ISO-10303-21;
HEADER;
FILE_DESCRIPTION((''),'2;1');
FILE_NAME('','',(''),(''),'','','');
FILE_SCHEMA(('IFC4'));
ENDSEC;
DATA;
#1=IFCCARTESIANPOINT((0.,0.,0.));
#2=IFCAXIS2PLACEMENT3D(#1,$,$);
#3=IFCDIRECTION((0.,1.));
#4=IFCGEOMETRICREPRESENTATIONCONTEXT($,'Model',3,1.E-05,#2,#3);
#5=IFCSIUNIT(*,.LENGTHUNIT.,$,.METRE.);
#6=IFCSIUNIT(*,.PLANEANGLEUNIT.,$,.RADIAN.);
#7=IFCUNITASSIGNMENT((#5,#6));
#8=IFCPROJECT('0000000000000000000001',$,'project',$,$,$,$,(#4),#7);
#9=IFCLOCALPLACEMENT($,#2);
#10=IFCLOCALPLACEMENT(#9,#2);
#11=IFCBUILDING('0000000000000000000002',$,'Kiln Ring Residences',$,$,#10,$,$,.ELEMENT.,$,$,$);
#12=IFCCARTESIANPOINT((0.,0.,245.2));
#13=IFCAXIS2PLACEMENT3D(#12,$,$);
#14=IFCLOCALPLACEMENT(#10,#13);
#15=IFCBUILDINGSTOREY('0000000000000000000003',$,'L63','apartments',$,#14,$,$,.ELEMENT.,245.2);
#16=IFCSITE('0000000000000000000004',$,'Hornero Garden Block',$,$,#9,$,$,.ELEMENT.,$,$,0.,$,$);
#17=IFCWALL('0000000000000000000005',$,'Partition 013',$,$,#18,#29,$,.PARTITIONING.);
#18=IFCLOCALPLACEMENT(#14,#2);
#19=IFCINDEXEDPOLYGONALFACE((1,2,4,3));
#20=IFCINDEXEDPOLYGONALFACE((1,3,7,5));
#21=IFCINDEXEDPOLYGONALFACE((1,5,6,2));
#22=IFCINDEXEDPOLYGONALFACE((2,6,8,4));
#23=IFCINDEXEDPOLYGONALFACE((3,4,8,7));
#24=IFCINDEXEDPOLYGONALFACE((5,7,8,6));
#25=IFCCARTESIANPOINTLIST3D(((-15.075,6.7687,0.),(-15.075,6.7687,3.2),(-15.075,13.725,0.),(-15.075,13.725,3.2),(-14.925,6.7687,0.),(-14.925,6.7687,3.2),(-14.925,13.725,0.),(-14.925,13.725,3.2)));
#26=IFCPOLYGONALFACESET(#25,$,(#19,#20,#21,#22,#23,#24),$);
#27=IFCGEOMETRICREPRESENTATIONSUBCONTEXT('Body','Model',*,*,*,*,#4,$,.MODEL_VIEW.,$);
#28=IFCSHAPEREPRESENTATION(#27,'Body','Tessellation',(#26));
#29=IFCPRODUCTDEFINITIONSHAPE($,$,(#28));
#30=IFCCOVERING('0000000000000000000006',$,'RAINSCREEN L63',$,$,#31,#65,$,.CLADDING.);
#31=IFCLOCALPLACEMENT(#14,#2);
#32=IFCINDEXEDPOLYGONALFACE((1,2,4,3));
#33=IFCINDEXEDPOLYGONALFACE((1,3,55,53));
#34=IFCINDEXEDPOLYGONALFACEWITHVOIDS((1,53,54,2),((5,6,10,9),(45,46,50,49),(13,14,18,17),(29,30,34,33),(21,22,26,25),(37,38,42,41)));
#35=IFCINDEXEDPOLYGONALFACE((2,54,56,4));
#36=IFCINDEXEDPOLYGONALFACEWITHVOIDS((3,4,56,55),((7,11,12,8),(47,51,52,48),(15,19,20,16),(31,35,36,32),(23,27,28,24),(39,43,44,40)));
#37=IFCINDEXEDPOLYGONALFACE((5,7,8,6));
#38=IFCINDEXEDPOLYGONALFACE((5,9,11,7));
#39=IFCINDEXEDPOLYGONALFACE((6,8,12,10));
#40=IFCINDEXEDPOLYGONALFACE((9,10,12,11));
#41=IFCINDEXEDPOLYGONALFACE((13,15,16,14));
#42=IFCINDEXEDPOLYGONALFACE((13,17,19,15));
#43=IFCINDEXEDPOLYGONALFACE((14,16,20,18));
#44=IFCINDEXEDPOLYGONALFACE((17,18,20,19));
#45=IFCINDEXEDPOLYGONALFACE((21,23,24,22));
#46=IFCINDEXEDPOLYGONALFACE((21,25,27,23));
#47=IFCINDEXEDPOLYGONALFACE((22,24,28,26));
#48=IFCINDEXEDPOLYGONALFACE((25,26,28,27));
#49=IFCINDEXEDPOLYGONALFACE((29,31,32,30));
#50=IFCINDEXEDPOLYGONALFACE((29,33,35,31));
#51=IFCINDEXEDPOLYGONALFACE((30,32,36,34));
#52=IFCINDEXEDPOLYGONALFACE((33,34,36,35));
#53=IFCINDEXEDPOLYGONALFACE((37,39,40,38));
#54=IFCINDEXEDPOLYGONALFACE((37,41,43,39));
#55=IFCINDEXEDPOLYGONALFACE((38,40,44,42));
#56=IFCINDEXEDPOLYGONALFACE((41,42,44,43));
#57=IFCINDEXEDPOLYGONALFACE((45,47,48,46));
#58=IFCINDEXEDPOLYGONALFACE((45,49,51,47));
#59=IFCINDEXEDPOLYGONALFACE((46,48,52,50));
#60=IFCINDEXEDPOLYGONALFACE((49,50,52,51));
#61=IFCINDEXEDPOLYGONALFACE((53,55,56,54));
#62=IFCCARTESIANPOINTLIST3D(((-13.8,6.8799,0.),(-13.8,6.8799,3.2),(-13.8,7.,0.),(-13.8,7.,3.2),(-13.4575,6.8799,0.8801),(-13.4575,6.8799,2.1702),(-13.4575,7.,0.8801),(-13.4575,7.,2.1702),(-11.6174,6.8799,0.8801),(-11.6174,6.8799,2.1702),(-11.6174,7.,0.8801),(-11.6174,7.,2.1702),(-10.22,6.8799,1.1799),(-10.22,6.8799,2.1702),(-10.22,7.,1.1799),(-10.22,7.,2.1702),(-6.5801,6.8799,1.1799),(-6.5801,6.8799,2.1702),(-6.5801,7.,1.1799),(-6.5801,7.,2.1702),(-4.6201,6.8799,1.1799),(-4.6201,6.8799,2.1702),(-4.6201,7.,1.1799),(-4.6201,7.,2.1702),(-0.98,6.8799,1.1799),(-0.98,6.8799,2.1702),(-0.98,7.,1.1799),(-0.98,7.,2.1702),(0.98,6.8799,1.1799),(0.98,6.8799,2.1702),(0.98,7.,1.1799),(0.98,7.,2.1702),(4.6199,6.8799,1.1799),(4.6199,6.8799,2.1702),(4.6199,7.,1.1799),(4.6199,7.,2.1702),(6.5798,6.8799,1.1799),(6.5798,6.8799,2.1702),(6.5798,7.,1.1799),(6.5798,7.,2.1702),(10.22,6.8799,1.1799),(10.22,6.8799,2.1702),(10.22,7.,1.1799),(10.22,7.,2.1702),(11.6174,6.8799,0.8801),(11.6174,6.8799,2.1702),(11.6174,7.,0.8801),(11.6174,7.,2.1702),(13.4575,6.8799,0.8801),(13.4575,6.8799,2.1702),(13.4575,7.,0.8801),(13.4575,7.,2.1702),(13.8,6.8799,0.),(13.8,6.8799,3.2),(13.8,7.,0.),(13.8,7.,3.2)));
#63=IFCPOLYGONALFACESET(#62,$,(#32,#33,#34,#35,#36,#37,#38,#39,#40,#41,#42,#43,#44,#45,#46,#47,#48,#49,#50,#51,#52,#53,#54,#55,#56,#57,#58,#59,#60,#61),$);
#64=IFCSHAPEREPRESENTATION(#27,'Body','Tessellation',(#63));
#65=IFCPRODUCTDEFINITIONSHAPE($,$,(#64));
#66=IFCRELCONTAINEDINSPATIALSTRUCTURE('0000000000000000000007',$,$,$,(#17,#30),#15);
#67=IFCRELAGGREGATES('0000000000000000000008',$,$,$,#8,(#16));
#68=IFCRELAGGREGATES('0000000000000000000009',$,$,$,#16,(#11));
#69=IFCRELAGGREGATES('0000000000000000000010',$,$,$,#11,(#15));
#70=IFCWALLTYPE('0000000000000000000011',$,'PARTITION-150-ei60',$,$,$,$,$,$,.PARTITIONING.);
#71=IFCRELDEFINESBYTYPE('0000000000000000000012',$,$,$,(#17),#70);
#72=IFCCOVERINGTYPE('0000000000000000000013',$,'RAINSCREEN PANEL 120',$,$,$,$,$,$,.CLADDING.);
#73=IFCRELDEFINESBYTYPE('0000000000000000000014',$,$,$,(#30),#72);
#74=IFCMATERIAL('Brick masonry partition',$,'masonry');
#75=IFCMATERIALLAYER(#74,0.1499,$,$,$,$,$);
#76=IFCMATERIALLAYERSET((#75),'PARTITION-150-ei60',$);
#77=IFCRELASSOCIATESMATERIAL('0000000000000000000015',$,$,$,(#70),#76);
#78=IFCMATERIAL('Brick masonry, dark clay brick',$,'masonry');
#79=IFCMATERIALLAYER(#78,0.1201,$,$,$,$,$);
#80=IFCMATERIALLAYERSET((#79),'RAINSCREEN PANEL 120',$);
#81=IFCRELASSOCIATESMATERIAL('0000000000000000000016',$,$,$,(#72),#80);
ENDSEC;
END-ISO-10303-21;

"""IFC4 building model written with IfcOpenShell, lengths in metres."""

from ifc_helpers import new_model, si_unit, direction, frame, frame_2d, origin, place, context, subcontext, project, spatial, polyline, rectangle, outline, extrude, material, layer, layer_set, type_object, element, save


model = new_model("IFC4")

# Units and contexts
model_context = context("Model", 3, precision=1e-05, world=origin(), true_north=direction((0.0, 1.0)))
body_context = subcontext(model_context, "Body", "Model", "MODEL_VIEW")
ifc_project = project(units=[si_unit("LENGTHUNIT", "METRE"), si_unit("PLANEANGLEUNIT", "RADIAN")], contexts=[model_context])

# Site, building, storey
site_placement = place(None, origin())
site = spatial("IfcSite", under=ifc_project, at=site_placement, Name="Hornero Garden Block", CompositionType="ELEMENT", RefElevation=0.0)
building_placement = place(site_placement, origin())
building = spatial("IfcBuilding", under=site, at=building_placement, Name="Kiln Ring Residences", CompositionType="ELEMENT")
storey_placement = place(building_placement, frame((0.0, 0.0, 245.2)))
storey = spatial("IfcBuildingStorey", under=building, at=storey_placement, Name="L63", Description="apartments", CompositionType="ELEMENT", Elevation=245.2)

# Wall
ifc_material_1 = material(Name="Brick masonry partition", Category="masonry")
ifc_layer_1 = layer(ifc_material_1, 0.1499)
ifc_layer_set_1 = layer_set([ifc_layer_1], Name="PARTITION-150-ei60")
wall_type_1 = type_object("IfcWallType", Name="PARTITION-150-ei60", PredefinedType="PARTITIONING", material=ifc_layer_set_1)
wall_1_placement = place(storey_placement, frame((-15.0, 6.7688, 0.0), z_axis=(0.0, 0.0, 1.0), x_axis=(0.0, 1.0, 0.0)))
element("IfcWall", 1, at=wall_1_placement, inside=storey, type_object=wall_type_1, Name="Partition 013", PredefinedType="PARTITIONING", context=body_context, shape_type="SweptSolid", body=[
    extrude(rectangle(XDim=6.9563, YDim=0.1499, at=frame_2d((3.478, 0.0))), origin(), (0.0, 0.0, 1.0), 3.2),
])

# Covering
ifc_material_2 = material(Name="Brick masonry, dark clay brick", Category="masonry")
ifc_layer_2 = layer(ifc_material_2, 0.1201)
ifc_layer_set_2 = layer_set([ifc_layer_2], Name="RAINSCREEN PANEL 120")
covering_type = type_object("IfcCoveringType", Name="RAINSCREEN PANEL 120", PredefinedType="CLADDING", material=ifc_layer_set_2)
covering_placement = place(storey_placement, frame((-13.8, 6.9399, 0.0), z_axis=(0.0, 0.0, 1.0), x_axis=(1.0, 0.0, 0.0)))
element("IfcCovering", 2, at=covering_placement, inside=storey, type_object=covering_type, Name="RAINSCREEN L63", PredefinedType="CLADDING", context=body_context, shape_type="SweptSolid", body=[
    extrude(outline(polyline([(0.0, 0.0), (27.6001, 0.0), (27.6001, 3.2), (0.0, 3.2), (0.0, 0.0)]), holes=[polyline([(2.1826, 0.8801), (2.1826, 2.1702), (0.3425, 2.1702), (0.3425, 0.8801), (2.1826, 0.8801)]), polyline([(25.4175, 0.8801), (27.2576, 0.8801), (27.2576, 2.1702), (25.4175, 2.1702), (25.4175, 0.8801)]), polyline([(3.5801, 1.1799), (7.22, 1.1799), (7.22, 2.1702), (3.5801, 2.1702), (3.5801, 1.1799)]), polyline([(12.8201, 1.1799), (12.8201, 2.1702), (9.1799, 2.1702), (9.1799, 1.1799), (12.8201, 1.1799)]), polyline([(14.78, 1.1799), (18.4199, 1.1799), (18.4199, 2.1702), (14.78, 2.1702), (14.78, 1.1799)]), polyline([(20.3799, 1.1799), (24.02, 1.1799), (24.02, 2.1702), (20.3799, 2.1702), (20.3799, 1.1799)])]), frame((0.0, 0.0601, 0.0), z_axis=(0.0, -1.0, 0.0), x_axis=(1.0, 0.0, 0.0)), (0.0, 0.0, 1.0), 0.1201),
])

save(model, "model.ifc")
